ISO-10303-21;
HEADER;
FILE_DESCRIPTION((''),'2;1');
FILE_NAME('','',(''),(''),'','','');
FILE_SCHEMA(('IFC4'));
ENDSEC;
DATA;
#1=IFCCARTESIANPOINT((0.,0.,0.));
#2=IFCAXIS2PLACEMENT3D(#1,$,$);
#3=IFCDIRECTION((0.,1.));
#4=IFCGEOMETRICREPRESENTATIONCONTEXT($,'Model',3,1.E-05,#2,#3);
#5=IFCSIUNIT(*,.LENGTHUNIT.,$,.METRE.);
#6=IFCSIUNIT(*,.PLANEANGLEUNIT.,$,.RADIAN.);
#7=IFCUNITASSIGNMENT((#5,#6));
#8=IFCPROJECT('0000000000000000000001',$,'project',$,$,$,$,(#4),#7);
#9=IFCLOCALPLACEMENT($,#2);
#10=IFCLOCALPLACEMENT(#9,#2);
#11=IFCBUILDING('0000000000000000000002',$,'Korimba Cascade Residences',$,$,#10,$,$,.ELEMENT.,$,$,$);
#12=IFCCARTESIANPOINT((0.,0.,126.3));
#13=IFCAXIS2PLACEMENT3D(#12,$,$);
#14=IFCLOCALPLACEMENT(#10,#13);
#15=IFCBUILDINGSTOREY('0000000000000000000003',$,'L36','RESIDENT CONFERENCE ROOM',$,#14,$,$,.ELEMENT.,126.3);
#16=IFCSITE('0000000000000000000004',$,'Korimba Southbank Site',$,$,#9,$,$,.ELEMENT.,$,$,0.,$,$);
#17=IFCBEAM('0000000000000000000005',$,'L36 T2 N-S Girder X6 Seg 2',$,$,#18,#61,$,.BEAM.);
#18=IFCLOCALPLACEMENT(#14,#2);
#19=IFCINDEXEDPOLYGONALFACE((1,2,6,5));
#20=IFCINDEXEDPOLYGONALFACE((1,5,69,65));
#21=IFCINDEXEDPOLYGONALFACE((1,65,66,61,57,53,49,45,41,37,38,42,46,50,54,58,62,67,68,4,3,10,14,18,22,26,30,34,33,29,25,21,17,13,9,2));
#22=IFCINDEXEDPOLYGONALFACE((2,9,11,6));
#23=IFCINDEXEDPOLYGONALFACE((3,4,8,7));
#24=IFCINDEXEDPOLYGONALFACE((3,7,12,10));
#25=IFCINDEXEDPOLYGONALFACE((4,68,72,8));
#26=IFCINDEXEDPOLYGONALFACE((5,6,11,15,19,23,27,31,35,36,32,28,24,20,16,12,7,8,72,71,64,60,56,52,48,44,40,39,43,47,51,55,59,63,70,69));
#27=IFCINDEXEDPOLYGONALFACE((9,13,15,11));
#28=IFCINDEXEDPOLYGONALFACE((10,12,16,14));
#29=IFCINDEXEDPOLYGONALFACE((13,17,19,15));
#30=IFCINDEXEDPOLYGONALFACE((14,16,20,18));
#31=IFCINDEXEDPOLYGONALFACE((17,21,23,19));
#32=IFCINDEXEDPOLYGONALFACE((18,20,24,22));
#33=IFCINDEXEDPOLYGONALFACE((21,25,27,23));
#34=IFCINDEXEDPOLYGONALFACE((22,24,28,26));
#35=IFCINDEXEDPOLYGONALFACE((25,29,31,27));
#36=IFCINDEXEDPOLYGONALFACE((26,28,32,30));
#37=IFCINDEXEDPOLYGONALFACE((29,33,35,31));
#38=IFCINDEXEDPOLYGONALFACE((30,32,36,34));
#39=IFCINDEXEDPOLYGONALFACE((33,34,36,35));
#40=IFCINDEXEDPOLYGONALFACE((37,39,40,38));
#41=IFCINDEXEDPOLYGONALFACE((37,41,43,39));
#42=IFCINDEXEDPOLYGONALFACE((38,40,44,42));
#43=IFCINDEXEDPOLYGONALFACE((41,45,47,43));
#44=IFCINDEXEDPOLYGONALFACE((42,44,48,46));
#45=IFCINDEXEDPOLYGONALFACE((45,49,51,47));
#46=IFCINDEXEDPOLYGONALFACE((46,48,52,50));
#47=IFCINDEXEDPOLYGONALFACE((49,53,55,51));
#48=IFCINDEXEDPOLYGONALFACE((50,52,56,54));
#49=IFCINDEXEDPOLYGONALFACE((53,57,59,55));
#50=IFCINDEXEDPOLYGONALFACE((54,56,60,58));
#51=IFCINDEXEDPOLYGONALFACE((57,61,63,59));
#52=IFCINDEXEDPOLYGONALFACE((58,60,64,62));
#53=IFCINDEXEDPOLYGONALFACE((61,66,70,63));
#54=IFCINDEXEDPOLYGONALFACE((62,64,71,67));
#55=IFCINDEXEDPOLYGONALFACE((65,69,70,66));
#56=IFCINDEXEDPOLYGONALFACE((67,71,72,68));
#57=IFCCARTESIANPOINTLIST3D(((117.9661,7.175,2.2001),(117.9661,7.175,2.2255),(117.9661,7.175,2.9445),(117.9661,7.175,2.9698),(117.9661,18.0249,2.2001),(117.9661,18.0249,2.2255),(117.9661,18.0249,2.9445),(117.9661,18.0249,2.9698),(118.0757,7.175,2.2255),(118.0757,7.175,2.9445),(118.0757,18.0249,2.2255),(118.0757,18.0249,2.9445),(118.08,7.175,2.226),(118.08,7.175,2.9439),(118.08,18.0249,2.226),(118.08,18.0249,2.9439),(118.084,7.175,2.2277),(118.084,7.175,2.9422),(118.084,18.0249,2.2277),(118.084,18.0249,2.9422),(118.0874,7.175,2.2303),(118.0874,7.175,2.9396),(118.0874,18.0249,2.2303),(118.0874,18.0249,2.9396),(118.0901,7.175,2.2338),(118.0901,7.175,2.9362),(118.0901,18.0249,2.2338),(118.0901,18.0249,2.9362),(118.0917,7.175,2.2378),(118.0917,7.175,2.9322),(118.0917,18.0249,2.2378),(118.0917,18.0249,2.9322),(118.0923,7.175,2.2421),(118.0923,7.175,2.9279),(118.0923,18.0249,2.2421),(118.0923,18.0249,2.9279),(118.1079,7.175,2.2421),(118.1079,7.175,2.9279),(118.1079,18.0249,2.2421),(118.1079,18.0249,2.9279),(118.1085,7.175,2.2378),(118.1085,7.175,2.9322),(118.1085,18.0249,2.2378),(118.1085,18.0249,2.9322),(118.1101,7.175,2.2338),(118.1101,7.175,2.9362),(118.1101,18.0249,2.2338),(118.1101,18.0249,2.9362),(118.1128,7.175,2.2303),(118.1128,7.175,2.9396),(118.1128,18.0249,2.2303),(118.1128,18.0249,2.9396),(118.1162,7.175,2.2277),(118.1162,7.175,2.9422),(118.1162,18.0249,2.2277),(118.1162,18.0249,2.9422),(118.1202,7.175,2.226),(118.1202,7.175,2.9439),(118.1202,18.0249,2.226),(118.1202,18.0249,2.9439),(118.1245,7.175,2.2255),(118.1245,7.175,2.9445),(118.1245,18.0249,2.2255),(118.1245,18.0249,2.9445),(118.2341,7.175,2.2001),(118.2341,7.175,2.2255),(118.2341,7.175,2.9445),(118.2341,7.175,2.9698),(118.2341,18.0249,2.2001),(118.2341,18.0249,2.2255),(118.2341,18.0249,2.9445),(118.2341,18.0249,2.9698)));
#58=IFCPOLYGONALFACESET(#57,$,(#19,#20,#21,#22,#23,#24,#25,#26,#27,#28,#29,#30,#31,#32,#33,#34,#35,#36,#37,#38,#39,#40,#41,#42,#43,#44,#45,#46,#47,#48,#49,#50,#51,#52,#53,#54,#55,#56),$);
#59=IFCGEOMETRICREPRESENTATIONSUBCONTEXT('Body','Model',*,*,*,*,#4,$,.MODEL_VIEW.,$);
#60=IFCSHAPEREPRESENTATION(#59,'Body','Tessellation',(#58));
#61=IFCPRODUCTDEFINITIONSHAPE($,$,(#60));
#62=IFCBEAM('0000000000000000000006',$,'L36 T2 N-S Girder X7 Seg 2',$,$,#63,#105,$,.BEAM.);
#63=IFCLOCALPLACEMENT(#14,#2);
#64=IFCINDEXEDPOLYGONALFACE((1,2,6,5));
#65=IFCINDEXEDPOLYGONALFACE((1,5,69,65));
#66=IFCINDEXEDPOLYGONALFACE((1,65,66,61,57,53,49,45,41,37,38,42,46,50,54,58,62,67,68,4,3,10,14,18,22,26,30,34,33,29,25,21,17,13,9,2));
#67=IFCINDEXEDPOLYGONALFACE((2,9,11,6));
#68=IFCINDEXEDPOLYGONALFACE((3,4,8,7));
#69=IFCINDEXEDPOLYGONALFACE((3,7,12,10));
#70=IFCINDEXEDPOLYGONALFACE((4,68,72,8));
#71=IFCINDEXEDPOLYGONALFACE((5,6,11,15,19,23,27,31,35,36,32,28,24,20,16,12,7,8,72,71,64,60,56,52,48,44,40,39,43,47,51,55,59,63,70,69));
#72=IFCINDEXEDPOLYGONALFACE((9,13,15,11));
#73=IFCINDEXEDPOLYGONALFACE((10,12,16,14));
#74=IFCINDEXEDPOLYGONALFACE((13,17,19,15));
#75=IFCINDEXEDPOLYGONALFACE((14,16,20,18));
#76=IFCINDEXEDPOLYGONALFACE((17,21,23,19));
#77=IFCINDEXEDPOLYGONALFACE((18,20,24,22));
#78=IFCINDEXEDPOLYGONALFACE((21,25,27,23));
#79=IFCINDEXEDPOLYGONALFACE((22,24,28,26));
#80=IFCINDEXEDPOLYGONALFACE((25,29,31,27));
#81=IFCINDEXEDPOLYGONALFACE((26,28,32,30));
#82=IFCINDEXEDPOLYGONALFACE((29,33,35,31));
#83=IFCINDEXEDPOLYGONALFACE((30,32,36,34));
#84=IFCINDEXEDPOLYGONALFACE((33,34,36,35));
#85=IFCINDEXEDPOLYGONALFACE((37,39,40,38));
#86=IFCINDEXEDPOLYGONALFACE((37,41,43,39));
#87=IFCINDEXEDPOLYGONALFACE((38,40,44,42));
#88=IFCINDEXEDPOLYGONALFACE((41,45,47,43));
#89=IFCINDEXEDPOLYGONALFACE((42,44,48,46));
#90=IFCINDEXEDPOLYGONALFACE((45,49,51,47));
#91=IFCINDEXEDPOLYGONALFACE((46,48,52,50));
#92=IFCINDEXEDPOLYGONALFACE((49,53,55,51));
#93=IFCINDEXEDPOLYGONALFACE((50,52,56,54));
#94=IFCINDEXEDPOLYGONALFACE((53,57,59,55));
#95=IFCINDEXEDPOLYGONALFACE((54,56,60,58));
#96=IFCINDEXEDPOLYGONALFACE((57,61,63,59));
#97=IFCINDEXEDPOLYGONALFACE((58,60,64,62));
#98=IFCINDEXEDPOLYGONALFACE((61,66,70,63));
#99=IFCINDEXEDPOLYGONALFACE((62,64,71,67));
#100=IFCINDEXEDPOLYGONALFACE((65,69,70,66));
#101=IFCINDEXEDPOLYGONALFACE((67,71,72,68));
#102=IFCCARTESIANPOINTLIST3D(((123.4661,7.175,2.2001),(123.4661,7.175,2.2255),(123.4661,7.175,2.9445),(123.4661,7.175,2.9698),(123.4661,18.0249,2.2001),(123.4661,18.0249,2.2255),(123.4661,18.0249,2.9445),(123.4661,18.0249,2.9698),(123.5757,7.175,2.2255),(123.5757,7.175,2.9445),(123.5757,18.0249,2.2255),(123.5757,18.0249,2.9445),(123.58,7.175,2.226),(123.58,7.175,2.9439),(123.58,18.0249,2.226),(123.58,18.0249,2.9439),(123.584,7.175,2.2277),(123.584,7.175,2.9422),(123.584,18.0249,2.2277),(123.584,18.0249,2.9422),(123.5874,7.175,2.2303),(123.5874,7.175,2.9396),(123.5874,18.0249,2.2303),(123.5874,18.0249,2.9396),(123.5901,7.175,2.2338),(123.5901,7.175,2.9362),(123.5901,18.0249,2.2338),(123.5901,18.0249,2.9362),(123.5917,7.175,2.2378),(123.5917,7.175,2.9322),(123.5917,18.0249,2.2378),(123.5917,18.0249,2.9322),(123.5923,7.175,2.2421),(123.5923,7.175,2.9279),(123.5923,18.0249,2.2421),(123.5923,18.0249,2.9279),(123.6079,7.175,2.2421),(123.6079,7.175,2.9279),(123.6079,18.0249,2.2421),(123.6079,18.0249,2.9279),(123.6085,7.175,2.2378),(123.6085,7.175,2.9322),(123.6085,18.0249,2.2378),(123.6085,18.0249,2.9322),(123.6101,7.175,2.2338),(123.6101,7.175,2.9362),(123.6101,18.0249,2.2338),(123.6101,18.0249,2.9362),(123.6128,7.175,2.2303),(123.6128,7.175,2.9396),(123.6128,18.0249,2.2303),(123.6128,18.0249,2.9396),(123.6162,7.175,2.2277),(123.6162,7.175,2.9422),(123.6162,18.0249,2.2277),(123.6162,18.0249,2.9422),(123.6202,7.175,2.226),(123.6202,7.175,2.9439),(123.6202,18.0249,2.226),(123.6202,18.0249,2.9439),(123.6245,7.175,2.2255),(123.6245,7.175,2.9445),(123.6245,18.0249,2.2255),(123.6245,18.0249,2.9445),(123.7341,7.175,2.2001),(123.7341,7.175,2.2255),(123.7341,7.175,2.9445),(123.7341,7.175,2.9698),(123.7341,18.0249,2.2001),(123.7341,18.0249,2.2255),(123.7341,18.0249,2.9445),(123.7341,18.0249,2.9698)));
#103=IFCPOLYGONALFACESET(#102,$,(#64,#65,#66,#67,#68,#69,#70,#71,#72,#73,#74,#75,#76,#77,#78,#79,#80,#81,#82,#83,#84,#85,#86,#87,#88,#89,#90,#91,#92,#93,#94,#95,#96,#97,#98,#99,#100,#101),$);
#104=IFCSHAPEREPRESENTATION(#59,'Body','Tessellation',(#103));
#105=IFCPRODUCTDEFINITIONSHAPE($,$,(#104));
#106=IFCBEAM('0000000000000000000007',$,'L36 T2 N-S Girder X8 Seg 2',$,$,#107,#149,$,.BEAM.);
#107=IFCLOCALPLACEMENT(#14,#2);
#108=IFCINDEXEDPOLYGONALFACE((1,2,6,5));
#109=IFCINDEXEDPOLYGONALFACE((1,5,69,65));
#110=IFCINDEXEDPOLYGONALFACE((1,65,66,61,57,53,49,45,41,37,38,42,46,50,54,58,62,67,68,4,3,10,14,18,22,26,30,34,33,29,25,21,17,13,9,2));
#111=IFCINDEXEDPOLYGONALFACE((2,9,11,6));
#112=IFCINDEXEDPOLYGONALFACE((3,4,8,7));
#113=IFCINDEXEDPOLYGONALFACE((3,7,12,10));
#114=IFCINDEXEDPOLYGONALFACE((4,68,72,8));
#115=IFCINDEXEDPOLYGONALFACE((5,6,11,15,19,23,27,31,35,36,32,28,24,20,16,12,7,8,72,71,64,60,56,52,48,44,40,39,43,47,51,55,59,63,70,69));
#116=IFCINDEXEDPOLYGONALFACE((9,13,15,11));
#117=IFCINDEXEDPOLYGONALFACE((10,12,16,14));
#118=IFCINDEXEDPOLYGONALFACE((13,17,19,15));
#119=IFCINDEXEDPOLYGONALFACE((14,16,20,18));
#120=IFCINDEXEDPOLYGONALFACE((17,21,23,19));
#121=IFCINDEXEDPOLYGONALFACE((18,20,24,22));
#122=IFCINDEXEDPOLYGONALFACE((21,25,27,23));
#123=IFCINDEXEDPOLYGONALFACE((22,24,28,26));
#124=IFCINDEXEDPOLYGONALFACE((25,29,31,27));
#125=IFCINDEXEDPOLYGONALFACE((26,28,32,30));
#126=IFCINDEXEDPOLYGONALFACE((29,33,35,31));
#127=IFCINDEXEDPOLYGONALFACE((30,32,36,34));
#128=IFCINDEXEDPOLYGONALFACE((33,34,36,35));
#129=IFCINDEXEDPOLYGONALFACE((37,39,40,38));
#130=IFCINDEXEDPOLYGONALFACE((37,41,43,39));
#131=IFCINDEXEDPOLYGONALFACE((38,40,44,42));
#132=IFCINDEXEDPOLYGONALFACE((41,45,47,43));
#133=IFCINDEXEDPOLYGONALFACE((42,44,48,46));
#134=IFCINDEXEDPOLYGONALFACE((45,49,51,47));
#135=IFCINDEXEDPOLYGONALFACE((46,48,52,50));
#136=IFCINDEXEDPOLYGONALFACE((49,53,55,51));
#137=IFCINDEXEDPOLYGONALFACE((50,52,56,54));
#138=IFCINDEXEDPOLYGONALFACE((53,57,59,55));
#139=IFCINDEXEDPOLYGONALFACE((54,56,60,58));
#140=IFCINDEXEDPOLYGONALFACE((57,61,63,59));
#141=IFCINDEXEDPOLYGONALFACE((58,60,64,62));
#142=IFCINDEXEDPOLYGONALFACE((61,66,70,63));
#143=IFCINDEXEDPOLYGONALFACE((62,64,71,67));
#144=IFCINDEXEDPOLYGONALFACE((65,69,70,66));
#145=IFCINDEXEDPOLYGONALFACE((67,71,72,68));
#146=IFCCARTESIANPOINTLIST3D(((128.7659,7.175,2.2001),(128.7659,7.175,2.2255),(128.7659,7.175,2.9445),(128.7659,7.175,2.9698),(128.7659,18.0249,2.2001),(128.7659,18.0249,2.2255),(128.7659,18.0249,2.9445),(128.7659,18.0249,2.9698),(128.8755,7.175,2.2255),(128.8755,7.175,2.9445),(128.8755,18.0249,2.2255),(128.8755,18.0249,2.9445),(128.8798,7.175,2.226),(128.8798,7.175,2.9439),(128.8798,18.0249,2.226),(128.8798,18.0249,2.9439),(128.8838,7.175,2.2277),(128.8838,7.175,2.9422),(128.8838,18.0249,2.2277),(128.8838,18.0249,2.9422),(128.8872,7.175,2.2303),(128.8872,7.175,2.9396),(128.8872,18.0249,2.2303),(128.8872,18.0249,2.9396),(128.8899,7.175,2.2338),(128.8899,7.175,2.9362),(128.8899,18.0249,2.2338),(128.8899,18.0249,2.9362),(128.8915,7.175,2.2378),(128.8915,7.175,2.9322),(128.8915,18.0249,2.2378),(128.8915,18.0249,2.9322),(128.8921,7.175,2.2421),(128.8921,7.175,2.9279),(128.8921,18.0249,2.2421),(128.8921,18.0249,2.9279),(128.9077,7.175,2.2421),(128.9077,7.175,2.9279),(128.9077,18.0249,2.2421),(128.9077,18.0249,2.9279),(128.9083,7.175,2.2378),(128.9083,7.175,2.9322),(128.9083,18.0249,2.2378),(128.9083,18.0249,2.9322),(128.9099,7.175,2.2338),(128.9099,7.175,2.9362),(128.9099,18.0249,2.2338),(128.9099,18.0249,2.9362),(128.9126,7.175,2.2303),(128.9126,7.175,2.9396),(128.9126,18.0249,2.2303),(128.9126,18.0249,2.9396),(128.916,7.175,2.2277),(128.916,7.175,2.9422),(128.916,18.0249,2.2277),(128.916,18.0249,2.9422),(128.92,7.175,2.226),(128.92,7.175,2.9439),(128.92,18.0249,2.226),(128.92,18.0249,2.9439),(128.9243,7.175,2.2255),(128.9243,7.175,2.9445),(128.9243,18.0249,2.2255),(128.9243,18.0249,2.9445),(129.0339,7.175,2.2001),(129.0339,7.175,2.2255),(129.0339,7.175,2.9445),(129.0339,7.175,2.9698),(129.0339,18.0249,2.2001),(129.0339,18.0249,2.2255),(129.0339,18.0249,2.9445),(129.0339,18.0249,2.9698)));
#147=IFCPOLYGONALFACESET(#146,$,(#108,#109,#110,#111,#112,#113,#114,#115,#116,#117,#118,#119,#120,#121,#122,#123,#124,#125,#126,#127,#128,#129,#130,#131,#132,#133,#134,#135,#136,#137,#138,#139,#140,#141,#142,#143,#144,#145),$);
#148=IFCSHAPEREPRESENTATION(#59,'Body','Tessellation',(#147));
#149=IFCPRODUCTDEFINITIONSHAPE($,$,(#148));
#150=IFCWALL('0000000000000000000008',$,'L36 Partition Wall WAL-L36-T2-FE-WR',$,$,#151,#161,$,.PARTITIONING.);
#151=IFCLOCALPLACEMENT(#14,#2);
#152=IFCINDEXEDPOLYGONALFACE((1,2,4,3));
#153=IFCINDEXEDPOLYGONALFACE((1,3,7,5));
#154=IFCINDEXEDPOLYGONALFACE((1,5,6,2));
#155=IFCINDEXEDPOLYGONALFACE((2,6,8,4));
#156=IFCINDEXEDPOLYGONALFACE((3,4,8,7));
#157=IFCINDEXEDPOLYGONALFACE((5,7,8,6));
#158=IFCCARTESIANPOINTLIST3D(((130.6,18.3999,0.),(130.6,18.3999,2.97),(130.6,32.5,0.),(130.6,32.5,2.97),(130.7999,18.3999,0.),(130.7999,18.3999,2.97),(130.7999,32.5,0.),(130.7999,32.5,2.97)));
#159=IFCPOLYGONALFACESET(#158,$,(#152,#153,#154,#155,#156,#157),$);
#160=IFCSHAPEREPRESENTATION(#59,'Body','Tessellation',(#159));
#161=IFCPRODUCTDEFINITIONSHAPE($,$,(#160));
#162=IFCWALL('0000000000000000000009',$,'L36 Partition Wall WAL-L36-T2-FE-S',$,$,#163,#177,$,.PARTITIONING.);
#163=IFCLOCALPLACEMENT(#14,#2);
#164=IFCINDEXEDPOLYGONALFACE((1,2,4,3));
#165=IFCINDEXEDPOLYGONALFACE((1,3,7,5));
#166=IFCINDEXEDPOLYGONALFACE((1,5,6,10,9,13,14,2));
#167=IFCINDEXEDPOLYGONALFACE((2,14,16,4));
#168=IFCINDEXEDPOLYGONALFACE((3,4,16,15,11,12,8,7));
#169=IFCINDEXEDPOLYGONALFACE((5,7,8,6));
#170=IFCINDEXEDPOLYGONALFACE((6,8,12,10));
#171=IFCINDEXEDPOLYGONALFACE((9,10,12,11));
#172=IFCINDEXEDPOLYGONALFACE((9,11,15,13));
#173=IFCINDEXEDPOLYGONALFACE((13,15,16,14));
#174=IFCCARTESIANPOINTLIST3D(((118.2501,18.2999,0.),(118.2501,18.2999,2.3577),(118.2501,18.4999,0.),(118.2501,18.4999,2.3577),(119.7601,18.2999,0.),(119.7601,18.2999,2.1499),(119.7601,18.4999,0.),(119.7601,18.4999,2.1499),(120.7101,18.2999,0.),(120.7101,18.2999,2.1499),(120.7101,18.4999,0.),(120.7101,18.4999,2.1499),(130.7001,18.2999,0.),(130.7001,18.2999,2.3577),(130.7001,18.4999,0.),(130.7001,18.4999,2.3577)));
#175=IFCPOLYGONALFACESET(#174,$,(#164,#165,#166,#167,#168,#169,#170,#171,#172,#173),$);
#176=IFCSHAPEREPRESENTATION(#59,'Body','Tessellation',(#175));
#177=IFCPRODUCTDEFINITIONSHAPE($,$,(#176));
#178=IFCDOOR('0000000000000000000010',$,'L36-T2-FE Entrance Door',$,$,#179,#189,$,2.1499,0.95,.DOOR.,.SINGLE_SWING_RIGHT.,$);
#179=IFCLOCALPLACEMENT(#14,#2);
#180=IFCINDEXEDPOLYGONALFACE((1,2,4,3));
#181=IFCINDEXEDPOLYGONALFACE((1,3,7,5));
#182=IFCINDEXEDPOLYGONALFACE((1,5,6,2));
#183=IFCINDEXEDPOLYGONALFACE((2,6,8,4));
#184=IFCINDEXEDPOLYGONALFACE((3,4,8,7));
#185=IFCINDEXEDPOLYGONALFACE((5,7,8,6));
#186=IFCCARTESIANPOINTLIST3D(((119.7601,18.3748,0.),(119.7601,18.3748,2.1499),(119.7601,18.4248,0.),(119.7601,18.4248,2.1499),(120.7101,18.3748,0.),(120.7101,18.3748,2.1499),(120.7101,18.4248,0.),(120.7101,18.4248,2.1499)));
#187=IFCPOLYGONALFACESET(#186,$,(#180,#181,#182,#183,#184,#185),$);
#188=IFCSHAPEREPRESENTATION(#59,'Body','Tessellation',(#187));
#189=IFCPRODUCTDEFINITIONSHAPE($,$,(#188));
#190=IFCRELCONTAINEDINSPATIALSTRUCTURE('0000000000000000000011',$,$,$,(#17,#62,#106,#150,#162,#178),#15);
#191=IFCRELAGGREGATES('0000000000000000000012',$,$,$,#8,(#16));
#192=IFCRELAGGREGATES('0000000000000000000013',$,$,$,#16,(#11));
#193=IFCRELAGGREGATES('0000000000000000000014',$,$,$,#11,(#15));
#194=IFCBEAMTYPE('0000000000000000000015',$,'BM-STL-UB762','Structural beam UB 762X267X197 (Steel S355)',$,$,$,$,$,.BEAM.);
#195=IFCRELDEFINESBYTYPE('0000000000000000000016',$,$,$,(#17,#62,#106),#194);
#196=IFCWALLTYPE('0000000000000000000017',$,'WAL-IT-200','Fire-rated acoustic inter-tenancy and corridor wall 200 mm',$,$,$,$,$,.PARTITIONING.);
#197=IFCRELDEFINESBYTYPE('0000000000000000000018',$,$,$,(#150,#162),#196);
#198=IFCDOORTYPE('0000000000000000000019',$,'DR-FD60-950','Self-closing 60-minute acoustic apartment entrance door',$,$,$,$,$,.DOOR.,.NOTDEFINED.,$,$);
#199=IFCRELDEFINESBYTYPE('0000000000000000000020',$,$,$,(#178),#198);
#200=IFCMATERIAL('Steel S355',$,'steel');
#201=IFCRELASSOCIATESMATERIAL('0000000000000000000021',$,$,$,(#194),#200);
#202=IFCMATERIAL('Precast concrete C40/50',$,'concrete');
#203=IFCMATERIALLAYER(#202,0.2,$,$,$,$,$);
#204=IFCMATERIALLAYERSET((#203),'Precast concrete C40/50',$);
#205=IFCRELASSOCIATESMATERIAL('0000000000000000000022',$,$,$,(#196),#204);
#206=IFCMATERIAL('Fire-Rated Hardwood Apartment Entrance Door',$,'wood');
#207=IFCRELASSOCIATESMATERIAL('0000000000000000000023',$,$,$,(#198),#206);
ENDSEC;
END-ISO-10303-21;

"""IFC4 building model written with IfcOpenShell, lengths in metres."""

from ifc_helpers import new_model, si_unit, direction, frame, frame_2d, origin, origin_2d, place, context, subcontext, project, spatial, rectangle, i_section, extrude, material, layer, layer_set, material_profile, profile_set, type_object, element, fill, save


model = new_model("IFC4")

# Units and contexts
model_context = context("Model", 3, precision=1e-05, world=origin(), true_north=direction((0.0, 1.0)))
body_context = subcontext(model_context, "Body", "Model", "MODEL_VIEW")
ifc_project = project(units=[si_unit("LENGTHUNIT", "METRE"), si_unit("PLANEANGLEUNIT", "RADIAN")], contexts=[model_context])

# Site, building, storey
site_placement = place(None, origin())
site = spatial("IfcSite", under=ifc_project, at=site_placement, Name="Korimba Southbank Site", CompositionType="ELEMENT", RefElevation=0.0)
building_placement = place(site_placement, origin())
building = spatial("IfcBuilding", under=site, at=building_placement, Name="Korimba Cascade Residences", CompositionType="ELEMENT")
storey_placement = place(building_placement, frame((0.0, 0.0, 126.3)))
storey = spatial("IfcBuildingStorey", under=building, at=storey_placement, Name="L36", Description="RESIDENT CONFERENCE ROOM", CompositionType="ELEMENT", Elevation=126.3)

# Beams
ifc_material_1 = material(Name="Steel S355", Category="steel")
ifc_material_profile_1 = material_profile(ifc_material_1, i_section(OverallWidth=0.2681, OverallDepth=0.7698, WebThickness=0.0156, FlangeThickness=0.0254, FilletRadius=0.0166, at=origin_2d()), Name="Steel S355")
ifc_profile_set_1 = profile_set([ifc_material_profile_1], Name="Steel S355")
beam_type_1 = type_object("IfcBeamType", Name="BM-STL-UB762", Description="Structural beam UB 762X267X197 (Steel S355)", PredefinedType="BEAM", material=ifc_profile_set_1)
for number, where, z_axis, x_axis, name in (
    (1, (118.1001, 7.175, 2.585), (0.0, 1.0, 0.0), (-1.0, 0.0, 0.0), "L36 T2 N-S Girder X6 Seg 2"),
    (2, (123.6001, 7.175, 2.585), (0.0, 1.0, 0.0), (-1.0, 0.0, 0.0), "L36 T2 N-S Girder X7 Seg 2"),
    (3, (128.8999, 7.175, 2.585), (0.0, 1.0, 0.0), (-1.0, 0.0, 0.0), "L36 T2 N-S Girder X8 Seg 2"),
):
    element("IfcBeam", number, at=place(storey_placement, frame(where, z_axis=z_axis, x_axis=x_axis)), inside=storey, type_object=beam_type_1, Name=name, PredefinedType="BEAM", context=body_context, shape_type="SweptSolid", body=[
        extrude(i_section(OverallWidth=0.2681, OverallDepth=0.7698, WebThickness=0.0156, FlangeThickness=0.0254, FilletRadius=0.0166, at=origin_2d()), origin(), (0.0, 0.0, 1.0), 10.8499),
    ])

# Wall
ifc_material_2 = material(Name="Precast concrete C40/50", Category="concrete")
ifc_layer_1 = layer(ifc_material_2, 0.2)
ifc_layer_set_1 = layer_set([ifc_layer_1], Name="Precast concrete C40/50")
wall_type_1 = type_object("IfcWallType", Name="WAL-IT-200", Description="Fire-rated acoustic inter-tenancy and corridor wall 200 mm", PredefinedType="PARTITIONING", material=ifc_layer_set_1)
wall_1_placement = place(storey_placement, frame((130.7, 18.3999, 0.0), z_axis=(0.0, 0.0, 1.0), x_axis=(0.0, 1.0, 0.0)))
element("IfcWall", 4, at=wall_1_placement, inside=storey, type_object=wall_type_1, Name="L36 Partition Wall WAL-L36-T2-FE-WR", PredefinedType="PARTITIONING", context=body_context, shape_type="SweptSolid", body=[
    extrude(rectangle(XDim=14.1001, YDim=0.2, at=frame_2d((7.05, 0.0))), origin(), (0.0, 0.0, 1.0), 2.97),
])

# Wall, opening, door
wall_2_placement = place(storey_placement, frame((118.25, 18.3999, 0.0), z_axis=(0.0, 0.0, 1.0), x_axis=(1.0, 0.0, 0.0)))
wall_2 = element("IfcWall", 5, at=wall_2_placement, inside=storey, type_object=wall_type_1, Name="L36 Partition Wall WAL-L36-T2-FE-S", PredefinedType="PARTITIONING", context=body_context, shape_type="SweptSolid", body=[
    extrude(rectangle(XDim=12.45, YDim=0.2, at=frame_2d((6.2251, 0.0))), origin(), (0.0, 0.0, 1.0), 2.3577),
])
opening_1_placement = place(wall_2_placement, frame((1.51, 0.0, 0.0)))
opening_1 = element("IfcOpeningElement", 6, at=opening_1_placement, cuts=wall_2, PredefinedType="OPENING", context=body_context, shape_type="SweptSolid", body=[
    extrude(rectangle(XDim=0.95, YDim=2.1499, at=frame_2d((0.4751, 1.075))), frame((0.0, 0.1099, 0.0), z_axis=(0.0, -1.0, 0.0), x_axis=(1.0, 0.0, 0.0)), (0.0, 0.0, 1.0), 0.22),
])
ifc_material_3 = material(Name="Fire-Rated Hardwood Apartment Entrance Door", Category="wood")
door_type_1 = type_object("IfcDoorType", Name="DR-FD60-950", Description="Self-closing 60-minute acoustic apartment entrance door", OperationType="NOTDEFINED", PredefinedType="DOOR", material=ifc_material_3)
door_1_placement = place(opening_1_placement, origin())
door_1 = element("IfcDoor", 7, at=door_1_placement, inside=storey, type_object=door_type_1, Name="L36-T2-FE Entrance Door", OperationType="SINGLE_SWING_RIGHT", OverallHeight=2.1499, OverallWidth=0.95, PredefinedType="DOOR", context=body_context, shape_type="SweptSolid", body=[
    extrude(rectangle(XDim=0.95, YDim=2.1499, at=frame_2d((0.4751, 1.075))), frame((0.0, 0.0249, 0.0), z_axis=(0.0, -1.0, 0.0), x_axis=(1.0, 0.0, 0.0)), (0.0, 0.0, 1.0), 0.05),
])
fill(opening_1, door_1)

save(model, "model.ifc")
